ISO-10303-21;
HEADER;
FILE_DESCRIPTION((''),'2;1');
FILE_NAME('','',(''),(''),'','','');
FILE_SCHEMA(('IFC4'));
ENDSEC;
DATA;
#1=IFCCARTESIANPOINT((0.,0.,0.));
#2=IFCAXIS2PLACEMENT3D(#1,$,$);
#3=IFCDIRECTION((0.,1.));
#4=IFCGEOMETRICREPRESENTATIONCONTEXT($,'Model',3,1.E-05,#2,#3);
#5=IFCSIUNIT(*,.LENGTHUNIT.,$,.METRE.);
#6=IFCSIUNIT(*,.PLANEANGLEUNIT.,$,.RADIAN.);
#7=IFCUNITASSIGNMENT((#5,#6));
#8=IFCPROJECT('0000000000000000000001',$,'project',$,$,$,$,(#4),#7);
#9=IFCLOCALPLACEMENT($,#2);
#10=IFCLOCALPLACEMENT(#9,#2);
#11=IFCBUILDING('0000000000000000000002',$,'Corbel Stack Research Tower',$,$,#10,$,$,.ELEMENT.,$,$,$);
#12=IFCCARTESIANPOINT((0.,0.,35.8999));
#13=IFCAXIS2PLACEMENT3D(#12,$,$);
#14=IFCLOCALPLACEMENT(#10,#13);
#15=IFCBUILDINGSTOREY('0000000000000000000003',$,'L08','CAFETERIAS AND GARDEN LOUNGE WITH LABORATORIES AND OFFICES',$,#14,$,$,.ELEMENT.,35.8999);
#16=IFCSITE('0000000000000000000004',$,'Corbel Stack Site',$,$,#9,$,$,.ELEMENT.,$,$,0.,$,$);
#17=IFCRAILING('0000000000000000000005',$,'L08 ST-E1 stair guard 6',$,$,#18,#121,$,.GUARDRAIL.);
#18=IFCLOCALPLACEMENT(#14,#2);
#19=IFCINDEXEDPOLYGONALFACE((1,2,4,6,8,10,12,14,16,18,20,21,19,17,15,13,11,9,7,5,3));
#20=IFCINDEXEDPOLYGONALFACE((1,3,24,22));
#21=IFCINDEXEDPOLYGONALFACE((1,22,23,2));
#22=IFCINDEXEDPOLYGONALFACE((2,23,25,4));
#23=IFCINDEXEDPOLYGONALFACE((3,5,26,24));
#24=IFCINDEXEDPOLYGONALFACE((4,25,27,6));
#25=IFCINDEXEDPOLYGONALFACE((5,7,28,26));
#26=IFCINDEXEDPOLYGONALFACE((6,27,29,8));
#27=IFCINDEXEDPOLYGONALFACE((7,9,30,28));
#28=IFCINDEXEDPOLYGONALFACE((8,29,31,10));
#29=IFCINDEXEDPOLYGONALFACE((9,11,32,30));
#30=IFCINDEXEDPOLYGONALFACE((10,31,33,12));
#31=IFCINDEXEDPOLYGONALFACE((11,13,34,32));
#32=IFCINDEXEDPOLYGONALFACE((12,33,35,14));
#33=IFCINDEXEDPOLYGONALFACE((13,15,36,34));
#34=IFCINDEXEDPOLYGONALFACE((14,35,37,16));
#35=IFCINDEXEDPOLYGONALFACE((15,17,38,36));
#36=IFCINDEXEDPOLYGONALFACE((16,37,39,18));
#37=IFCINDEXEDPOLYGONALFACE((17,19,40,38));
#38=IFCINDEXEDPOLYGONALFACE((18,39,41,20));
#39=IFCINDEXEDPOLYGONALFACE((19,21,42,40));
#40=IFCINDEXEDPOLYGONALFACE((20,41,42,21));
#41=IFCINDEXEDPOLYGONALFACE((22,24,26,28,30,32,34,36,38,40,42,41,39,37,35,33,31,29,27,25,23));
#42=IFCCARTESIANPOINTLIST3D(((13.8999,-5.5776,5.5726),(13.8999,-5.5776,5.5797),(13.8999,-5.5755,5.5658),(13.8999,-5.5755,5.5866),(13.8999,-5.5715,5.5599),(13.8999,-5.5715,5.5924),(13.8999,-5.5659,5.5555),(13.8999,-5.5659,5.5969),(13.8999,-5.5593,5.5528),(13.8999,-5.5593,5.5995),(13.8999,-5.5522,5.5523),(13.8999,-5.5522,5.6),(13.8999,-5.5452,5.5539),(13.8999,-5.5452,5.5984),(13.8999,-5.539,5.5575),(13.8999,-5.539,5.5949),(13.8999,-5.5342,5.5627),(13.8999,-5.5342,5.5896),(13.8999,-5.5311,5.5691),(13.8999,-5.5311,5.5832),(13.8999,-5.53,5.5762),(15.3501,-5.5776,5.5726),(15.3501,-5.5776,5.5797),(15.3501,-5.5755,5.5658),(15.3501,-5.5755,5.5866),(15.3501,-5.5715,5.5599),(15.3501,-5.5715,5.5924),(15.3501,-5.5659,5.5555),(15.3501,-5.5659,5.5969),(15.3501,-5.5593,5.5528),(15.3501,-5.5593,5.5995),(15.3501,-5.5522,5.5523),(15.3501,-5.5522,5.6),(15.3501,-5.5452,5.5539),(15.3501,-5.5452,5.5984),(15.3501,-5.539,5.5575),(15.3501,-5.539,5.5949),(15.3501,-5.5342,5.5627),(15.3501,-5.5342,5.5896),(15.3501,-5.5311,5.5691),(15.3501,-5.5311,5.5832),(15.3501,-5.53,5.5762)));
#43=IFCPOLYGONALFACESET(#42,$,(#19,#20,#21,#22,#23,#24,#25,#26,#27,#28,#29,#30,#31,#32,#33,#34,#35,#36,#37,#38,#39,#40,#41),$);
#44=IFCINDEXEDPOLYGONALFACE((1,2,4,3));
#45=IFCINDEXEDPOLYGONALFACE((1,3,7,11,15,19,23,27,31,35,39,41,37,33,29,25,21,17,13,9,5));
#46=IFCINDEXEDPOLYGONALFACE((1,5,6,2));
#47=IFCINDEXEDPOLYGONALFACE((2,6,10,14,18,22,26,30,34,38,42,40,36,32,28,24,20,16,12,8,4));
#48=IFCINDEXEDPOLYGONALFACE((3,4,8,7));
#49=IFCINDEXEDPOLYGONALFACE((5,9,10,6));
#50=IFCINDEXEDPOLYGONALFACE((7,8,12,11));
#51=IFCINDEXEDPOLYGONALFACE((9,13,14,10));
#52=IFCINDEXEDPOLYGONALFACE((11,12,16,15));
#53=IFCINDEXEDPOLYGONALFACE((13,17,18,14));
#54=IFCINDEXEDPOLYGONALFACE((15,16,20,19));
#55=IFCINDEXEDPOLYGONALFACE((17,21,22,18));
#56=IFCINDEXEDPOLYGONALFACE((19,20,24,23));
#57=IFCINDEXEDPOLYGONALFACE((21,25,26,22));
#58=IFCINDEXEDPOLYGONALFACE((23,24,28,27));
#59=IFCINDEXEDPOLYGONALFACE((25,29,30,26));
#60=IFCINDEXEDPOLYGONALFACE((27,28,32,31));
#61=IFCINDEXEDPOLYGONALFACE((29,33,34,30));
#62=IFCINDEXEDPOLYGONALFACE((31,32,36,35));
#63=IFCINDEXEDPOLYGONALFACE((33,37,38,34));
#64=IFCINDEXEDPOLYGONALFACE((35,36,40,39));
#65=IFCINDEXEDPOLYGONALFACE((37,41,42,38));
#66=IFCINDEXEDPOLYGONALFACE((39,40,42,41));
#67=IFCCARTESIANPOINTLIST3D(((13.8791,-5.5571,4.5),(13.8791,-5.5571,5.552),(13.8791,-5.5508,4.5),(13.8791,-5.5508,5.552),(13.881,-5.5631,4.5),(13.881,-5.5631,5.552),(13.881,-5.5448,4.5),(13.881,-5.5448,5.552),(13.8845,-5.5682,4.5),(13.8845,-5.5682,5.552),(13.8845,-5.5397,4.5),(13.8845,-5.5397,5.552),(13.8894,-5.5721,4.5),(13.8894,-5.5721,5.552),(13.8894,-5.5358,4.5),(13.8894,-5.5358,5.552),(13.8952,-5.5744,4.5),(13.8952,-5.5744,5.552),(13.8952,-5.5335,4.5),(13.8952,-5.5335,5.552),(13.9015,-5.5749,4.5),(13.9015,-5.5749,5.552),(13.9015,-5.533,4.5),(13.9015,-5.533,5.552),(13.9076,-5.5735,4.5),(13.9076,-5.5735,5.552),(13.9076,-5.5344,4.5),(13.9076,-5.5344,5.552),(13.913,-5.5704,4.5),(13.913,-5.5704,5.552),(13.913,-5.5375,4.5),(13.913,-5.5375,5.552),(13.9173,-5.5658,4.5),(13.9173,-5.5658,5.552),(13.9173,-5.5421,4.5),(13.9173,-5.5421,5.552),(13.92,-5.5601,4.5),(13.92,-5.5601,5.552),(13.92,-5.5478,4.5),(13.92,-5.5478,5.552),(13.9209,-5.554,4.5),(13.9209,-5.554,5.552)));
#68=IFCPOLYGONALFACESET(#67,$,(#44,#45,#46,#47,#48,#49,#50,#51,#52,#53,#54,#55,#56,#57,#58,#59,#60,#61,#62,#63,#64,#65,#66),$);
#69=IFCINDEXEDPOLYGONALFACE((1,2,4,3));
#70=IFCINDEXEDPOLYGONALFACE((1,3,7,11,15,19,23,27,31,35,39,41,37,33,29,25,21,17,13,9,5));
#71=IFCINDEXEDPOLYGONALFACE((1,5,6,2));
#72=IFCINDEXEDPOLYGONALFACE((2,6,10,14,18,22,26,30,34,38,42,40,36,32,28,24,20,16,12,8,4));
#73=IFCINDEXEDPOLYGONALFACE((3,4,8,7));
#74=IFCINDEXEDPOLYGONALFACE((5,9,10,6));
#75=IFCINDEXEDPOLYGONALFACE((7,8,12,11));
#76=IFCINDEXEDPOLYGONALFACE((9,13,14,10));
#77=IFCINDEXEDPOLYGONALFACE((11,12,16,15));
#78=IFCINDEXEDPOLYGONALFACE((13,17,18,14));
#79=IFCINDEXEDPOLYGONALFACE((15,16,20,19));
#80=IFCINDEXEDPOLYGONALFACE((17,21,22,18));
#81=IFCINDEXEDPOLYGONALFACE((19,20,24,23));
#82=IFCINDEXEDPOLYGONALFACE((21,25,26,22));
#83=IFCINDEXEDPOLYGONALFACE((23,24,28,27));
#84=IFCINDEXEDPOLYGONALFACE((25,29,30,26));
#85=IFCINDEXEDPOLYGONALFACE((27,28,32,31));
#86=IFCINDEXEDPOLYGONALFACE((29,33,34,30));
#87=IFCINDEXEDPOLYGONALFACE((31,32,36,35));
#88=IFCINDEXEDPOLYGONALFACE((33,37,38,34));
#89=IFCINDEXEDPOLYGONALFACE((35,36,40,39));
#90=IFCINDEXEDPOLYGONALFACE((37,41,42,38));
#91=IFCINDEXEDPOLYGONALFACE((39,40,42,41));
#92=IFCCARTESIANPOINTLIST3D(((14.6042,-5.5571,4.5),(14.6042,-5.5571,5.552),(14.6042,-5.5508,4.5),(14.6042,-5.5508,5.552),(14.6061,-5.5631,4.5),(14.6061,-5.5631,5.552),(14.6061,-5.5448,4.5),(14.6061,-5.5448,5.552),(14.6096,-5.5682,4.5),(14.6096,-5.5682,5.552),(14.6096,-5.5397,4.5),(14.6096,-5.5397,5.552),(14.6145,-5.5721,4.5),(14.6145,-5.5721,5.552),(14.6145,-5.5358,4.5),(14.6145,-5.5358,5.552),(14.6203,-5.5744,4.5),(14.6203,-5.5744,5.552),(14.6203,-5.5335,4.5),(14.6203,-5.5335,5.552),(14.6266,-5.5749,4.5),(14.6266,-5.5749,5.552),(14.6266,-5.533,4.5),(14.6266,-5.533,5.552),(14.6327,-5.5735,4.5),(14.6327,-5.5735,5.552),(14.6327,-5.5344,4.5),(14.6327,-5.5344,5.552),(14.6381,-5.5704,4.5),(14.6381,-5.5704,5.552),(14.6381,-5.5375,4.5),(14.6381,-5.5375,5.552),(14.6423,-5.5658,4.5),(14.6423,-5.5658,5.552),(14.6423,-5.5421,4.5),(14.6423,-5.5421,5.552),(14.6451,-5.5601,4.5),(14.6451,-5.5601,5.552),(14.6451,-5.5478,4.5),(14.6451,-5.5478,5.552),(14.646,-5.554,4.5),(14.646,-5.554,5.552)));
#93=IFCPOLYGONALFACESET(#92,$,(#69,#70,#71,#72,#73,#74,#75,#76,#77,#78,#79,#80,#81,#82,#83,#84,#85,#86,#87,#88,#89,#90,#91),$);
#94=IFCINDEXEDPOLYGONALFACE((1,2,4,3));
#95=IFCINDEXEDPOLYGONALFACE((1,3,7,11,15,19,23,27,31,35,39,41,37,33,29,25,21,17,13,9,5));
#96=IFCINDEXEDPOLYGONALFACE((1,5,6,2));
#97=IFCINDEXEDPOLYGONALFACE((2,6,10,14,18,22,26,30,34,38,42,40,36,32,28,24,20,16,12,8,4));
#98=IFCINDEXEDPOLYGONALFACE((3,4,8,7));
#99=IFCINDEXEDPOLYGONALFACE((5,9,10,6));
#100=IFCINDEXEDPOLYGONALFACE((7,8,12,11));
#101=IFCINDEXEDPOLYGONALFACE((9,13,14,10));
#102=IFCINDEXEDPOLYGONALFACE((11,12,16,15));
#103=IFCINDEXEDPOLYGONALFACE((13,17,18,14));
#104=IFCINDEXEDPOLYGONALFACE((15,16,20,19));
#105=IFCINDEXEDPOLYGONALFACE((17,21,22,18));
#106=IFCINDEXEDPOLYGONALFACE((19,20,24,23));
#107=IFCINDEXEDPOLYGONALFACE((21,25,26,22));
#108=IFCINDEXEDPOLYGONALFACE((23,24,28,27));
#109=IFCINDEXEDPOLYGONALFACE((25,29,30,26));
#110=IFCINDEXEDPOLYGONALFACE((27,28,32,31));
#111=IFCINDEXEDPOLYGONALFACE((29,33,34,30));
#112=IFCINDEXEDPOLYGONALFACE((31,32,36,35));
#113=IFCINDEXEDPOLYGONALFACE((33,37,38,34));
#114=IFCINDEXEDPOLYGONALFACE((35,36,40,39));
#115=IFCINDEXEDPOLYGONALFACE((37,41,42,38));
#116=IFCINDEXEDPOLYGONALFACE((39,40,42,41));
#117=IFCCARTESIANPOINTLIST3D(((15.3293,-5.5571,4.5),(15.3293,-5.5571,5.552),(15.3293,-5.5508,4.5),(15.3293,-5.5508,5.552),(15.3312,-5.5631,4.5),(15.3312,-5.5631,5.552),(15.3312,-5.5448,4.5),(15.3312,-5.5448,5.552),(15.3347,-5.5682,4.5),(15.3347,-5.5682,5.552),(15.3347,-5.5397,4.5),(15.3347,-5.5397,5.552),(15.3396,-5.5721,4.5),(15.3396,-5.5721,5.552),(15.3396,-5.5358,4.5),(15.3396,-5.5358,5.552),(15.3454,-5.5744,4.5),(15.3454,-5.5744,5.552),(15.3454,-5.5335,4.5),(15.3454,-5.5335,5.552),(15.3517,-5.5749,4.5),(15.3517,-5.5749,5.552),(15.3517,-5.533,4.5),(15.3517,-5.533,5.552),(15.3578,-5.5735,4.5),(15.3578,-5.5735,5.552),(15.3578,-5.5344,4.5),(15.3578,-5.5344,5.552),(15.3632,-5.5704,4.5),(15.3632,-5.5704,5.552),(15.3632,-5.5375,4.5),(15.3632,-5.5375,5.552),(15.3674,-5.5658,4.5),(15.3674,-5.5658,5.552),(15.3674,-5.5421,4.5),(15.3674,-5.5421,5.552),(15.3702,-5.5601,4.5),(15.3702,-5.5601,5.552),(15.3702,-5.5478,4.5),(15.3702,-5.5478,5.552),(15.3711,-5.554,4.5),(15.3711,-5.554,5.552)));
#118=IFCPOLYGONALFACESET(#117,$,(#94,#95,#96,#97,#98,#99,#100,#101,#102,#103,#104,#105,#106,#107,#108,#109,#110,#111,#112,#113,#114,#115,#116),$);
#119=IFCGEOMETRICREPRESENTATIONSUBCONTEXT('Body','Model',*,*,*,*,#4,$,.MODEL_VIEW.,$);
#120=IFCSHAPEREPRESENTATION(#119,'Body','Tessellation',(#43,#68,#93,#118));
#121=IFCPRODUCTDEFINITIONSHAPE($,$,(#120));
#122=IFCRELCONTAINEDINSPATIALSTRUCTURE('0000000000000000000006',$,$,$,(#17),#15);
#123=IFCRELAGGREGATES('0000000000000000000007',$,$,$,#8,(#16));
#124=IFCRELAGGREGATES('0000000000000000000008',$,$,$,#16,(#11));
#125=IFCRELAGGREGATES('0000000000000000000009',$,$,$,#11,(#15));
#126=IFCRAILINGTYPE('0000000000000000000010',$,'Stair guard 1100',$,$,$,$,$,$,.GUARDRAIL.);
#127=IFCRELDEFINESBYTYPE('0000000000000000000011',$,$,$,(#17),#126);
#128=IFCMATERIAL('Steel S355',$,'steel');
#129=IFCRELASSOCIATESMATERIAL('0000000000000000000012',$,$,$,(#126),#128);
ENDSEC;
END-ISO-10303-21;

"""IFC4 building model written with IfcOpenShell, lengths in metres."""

from ifc_helpers import new_model, si_unit, direction, frame, origin, origin_2d, place, context, subcontext, project, spatial, circle, extrude, material, type_object, element, save


model = new_model("IFC4")

# Units and contexts
model_context = context("Model", 3, precision=1e-05, world=origin(), true_north=direction((0.0, 1.0)))
body_context = subcontext(model_context, "Body", "Model", "MODEL_VIEW")
ifc_project = project(units=[si_unit("LENGTHUNIT", "METRE"), si_unit("PLANEANGLEUNIT", "RADIAN")], contexts=[model_context])

# Site, building, storey
site_placement = place(None, origin())
site = spatial("IfcSite", under=ifc_project, at=site_placement, Name="Corbel Stack Site", CompositionType="ELEMENT", RefElevation=0.0)
building_placement = place(site_placement, origin())
building = spatial("IfcBuilding", under=site, at=building_placement, Name="Corbel Stack Research Tower", CompositionType="ELEMENT")
storey_placement = place(building_placement, frame((0.0, 0.0, 35.8999)))
storey = spatial("IfcBuildingStorey", under=building, at=storey_placement, Name="L08", Description="CAFETERIAS AND GARDEN LOUNGE WITH LABORATORIES AND OFFICES", CompositionType="ELEMENT", Elevation=35.8999)

# Railing
ifc_material_1 = material(Name="Steel S355", Category="steel")
railing_type_1 = type_object("IfcRailingType", Name="Stair guard 1100", PredefinedType="GUARDRAIL", material=ifc_material_1)
railing_1_placement = place(storey_placement, frame((13.8999, -5.554, 4.5)))
element("IfcRailing", 1, at=railing_1_placement, inside=storey, type_object=railing_type_1, Name="L08 ST-E1 stair guard 6", PredefinedType="GUARDRAIL", context=body_context, shape_type="SweptSolid", body=[
    extrude(circle(Radius=0.0239, at=origin_2d()), frame((0.0, 0.0, 1.0762), z_axis=(1.0, 0.0, 0.0), x_axis=(0.0, 1.0, 0.0)), (0.0, 0.0, 1.0), 1.4502),
    extrude(circle(Radius=0.021, at=origin_2d()), origin(), (0.0, 0.0, 1.0), 1.052),
    extrude(circle(Radius=0.021, at=origin_2d()), frame((0.7251, 0.0, 0.0)), (0.0, 0.0, 1.0), 1.052),
    extrude(circle(Radius=0.021, at=origin_2d()), frame((1.4502, 0.0, 0.0)), (0.0, 0.0, 1.0), 1.052),
])

save(model, "model.ifc")
